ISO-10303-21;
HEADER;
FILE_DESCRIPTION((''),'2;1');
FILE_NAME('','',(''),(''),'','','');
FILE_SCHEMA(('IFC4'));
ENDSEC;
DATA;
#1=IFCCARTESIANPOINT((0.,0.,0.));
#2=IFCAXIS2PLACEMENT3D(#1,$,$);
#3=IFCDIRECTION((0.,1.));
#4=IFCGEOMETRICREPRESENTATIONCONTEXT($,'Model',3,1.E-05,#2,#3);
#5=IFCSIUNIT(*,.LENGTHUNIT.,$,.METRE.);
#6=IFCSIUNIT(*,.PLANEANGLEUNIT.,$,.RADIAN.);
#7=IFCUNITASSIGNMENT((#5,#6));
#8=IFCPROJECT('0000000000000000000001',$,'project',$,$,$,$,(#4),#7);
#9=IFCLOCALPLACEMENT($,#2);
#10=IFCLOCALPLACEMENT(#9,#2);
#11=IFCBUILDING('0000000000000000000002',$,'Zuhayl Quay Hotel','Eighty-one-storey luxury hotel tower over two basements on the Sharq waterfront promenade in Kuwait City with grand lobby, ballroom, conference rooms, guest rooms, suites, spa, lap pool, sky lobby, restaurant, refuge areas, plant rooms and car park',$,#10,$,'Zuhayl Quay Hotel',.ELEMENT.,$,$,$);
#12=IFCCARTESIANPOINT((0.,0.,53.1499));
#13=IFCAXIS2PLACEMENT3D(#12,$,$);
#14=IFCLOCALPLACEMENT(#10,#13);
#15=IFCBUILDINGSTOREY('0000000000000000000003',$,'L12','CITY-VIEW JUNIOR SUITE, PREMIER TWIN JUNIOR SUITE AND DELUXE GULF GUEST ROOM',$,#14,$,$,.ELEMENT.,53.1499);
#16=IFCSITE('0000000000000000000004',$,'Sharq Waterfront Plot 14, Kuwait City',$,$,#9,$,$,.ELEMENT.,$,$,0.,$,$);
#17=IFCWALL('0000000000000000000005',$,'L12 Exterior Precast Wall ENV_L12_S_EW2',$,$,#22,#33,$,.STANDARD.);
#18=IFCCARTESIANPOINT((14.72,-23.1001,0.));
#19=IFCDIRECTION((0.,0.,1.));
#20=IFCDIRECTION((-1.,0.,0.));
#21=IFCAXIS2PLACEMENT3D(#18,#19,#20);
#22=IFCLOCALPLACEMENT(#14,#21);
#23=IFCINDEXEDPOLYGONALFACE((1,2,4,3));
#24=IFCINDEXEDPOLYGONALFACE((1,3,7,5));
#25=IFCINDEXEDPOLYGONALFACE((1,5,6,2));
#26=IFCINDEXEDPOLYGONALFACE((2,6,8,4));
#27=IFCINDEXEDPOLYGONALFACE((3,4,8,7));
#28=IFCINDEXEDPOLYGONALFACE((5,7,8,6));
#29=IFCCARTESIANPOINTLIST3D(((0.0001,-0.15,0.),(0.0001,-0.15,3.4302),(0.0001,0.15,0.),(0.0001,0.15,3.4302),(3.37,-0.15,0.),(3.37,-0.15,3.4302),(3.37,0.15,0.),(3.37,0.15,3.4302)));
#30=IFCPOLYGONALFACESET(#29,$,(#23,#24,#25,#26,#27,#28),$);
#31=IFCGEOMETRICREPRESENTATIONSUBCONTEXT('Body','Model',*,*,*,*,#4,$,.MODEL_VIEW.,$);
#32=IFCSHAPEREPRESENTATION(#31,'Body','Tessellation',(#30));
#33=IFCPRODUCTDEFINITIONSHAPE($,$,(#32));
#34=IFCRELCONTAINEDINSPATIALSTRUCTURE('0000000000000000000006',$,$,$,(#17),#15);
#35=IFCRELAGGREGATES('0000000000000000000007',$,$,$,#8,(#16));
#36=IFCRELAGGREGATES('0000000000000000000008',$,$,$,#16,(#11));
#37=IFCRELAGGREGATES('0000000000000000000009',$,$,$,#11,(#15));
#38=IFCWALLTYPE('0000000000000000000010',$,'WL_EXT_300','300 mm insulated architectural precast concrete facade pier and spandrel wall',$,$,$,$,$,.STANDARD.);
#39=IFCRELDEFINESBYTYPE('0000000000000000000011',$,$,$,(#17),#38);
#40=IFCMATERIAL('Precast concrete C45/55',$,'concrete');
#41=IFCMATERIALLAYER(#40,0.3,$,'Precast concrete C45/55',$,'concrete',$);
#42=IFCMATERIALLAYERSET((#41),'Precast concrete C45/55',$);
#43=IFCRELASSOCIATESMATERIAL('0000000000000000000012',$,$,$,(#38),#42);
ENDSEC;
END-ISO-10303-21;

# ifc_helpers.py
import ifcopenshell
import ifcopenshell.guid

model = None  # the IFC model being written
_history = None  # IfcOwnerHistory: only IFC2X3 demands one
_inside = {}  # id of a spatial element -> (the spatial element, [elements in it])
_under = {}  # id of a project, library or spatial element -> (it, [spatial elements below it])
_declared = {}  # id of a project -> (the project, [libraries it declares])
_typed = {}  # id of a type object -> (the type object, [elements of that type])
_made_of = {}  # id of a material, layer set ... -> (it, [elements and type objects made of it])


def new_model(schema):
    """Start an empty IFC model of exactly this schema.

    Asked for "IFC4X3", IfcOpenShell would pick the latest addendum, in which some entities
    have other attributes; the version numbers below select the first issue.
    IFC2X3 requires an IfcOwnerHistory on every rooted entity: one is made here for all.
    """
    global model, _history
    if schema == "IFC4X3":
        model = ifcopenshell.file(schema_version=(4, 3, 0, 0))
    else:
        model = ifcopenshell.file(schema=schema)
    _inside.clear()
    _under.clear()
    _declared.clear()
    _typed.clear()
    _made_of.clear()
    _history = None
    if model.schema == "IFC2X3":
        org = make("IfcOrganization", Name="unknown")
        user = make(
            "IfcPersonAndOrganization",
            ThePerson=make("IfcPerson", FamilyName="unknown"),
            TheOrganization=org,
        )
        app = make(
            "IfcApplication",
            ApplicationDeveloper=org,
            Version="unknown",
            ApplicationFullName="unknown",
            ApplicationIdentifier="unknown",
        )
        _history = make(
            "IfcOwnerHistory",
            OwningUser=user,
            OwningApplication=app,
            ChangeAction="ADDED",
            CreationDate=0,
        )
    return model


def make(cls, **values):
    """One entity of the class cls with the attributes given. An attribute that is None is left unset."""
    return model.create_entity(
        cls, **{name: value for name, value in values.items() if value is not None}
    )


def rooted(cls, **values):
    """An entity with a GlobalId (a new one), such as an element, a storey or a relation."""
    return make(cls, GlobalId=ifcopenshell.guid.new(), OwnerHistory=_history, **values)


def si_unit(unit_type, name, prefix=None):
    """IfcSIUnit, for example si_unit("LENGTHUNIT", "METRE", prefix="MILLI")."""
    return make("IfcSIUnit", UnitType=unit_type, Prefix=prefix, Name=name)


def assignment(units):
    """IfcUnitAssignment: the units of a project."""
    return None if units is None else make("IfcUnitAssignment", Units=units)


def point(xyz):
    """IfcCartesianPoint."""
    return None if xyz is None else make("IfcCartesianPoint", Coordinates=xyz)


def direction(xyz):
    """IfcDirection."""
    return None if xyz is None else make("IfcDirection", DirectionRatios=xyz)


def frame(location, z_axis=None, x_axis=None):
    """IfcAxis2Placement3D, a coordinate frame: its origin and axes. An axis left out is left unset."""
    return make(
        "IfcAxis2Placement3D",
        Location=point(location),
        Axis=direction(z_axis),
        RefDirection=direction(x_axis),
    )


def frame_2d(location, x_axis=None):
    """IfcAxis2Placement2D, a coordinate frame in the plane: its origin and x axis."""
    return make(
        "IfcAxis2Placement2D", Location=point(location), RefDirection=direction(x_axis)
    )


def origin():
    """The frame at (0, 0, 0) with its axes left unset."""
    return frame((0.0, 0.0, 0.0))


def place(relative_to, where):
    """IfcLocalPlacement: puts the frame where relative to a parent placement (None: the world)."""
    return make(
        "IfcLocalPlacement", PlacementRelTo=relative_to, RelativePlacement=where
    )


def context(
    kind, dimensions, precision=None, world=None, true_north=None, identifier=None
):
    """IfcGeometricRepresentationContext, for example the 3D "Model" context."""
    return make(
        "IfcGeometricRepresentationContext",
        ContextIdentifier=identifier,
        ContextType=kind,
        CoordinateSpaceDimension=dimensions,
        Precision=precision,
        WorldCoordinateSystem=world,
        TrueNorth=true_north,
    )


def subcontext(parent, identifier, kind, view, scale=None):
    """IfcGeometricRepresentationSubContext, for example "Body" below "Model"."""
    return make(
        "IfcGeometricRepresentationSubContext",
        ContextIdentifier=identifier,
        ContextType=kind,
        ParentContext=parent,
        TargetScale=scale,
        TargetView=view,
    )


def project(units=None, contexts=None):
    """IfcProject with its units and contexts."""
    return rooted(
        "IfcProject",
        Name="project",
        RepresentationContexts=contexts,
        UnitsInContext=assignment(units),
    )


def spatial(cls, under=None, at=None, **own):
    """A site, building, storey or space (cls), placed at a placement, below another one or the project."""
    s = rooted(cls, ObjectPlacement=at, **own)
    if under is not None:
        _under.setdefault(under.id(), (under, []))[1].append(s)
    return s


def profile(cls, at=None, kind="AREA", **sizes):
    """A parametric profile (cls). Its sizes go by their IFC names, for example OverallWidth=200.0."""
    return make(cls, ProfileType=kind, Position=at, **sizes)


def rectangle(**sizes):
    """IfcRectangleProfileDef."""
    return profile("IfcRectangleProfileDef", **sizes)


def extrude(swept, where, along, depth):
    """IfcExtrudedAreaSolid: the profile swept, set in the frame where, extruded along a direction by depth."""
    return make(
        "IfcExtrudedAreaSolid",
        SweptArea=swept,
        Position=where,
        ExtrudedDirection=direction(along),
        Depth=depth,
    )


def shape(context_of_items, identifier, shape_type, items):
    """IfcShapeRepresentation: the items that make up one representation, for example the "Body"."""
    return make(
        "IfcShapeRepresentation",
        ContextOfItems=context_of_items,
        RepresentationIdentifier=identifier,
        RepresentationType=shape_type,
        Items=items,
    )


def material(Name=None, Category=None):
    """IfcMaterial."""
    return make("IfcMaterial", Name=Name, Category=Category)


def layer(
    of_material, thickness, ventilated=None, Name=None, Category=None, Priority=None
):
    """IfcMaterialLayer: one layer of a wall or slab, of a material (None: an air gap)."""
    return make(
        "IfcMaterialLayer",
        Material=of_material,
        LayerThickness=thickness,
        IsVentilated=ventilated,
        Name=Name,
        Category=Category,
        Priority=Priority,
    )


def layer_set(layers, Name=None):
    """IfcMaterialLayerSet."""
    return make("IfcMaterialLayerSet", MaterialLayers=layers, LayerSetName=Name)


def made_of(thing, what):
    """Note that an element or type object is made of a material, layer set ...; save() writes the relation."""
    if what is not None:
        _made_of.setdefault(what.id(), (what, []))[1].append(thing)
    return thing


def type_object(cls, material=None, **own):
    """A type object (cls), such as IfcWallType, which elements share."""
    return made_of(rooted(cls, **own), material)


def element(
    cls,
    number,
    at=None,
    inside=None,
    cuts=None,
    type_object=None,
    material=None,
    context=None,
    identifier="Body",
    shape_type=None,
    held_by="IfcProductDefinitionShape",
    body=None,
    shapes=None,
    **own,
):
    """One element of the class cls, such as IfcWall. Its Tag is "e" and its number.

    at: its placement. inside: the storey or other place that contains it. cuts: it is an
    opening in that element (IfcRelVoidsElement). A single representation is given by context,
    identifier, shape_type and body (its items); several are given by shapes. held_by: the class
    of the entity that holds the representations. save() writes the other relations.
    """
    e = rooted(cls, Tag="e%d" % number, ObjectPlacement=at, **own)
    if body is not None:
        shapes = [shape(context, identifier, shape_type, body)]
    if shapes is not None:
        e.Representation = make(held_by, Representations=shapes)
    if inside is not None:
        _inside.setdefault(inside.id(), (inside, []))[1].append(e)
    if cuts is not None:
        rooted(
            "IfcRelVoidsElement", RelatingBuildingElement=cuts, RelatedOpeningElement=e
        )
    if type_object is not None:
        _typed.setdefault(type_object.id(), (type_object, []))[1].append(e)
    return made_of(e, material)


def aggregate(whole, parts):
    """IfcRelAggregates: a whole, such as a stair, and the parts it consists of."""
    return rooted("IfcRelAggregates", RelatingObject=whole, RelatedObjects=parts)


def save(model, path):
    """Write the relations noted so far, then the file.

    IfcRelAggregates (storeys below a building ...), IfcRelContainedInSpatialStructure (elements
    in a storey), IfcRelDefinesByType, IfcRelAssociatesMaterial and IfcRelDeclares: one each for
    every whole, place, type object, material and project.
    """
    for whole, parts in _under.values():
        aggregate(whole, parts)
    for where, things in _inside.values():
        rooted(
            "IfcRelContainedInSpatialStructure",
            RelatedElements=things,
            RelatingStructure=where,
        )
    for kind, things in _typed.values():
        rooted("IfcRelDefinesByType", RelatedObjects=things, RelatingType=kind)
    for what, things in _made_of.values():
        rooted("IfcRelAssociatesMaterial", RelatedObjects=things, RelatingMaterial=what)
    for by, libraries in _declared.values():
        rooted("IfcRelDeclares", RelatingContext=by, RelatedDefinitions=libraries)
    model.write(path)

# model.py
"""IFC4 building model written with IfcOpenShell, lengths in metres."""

from ifc_helpers import new_model, si_unit, direction, frame, frame_2d, origin, place, context, subcontext, project, spatial, rectangle, extrude, material, layer, layer_set, type_object, element, save


model = new_model("IFC4")

# Units and contexts
model_context = context("Model", 3, precision=1e-05, world=origin(), true_north=direction((0.0, 1.0)))
body_context = subcontext(model_context, "Body", "Model", "MODEL_VIEW")
ifc_project = project(units=[si_unit("LENGTHUNIT", "METRE"), si_unit("PLANEANGLEUNIT", "RADIAN")], contexts=[model_context])

# Site, building, storey
site_placement = place(None, origin())
site = spatial("IfcSite", under=ifc_project, at=site_placement, Name="Sharq Waterfront Plot 14, Kuwait City", CompositionType="ELEMENT", RefElevation=0.0)
building_placement = place(site_placement, origin())
building = spatial("IfcBuilding", under=site, at=building_placement, Name="Zuhayl Quay Hotel", Description="Eighty-one-storey luxury hotel tower over two basements on the Sharq waterfront promenade in Kuwait City with grand lobby, ballroom, conference rooms, guest rooms, suites, spa, lap pool, sky lobby, restaurant, refuge areas, plant rooms and car park", LongName="Zuhayl Quay Hotel", CompositionType="ELEMENT")
storey_placement = place(building_placement, frame((0.0, 0.0, 53.1499)))
storey = spatial("IfcBuildingStorey", under=building, at=storey_placement, Name="L12", Description="CITY-VIEW JUNIOR SUITE, PREMIER TWIN JUNIOR SUITE AND DELUXE GULF GUEST ROOM", CompositionType="ELEMENT", Elevation=53.1499)

# Shared definitions
ifc_material_1 = material(Name="Precast concrete C45/55", Category="concrete")
ifc_layer_1 = layer(ifc_material_1, 0.3, Name="Precast concrete C45/55", Category="concrete")
ifc_layer_set_1 = layer_set([ifc_layer_1], Name="Precast concrete C45/55")
wall_type_1 = type_object("IfcWallType", Name="WL_EXT_300", Description="300 mm insulated architectural precast concrete facade pier and spandrel wall", PredefinedType="STANDARD", material=ifc_layer_set_1)

# Wall
wall_1_placement = place(storey_placement, frame((14.72, -23.1001, 0.0), z_axis=(0.0, 0.0, 1.0), x_axis=(-1.0, 0.0, 0.0)))
element("IfcWall", 1, at=wall_1_placement, inside=storey, type_object=wall_type_1, Name="L12 Exterior Precast Wall ENV_L12_S_EW2", PredefinedType="STANDARD", context=body_context, shape_type="SweptSolid", body=[
    extrude(rectangle(XDim=3.3699, YDim=0.3, at=frame_2d((1.6851, 0.0))), origin(), (0.0, 0.0, 1.0), 3.4302),
])

save(model, "model.ifc")
